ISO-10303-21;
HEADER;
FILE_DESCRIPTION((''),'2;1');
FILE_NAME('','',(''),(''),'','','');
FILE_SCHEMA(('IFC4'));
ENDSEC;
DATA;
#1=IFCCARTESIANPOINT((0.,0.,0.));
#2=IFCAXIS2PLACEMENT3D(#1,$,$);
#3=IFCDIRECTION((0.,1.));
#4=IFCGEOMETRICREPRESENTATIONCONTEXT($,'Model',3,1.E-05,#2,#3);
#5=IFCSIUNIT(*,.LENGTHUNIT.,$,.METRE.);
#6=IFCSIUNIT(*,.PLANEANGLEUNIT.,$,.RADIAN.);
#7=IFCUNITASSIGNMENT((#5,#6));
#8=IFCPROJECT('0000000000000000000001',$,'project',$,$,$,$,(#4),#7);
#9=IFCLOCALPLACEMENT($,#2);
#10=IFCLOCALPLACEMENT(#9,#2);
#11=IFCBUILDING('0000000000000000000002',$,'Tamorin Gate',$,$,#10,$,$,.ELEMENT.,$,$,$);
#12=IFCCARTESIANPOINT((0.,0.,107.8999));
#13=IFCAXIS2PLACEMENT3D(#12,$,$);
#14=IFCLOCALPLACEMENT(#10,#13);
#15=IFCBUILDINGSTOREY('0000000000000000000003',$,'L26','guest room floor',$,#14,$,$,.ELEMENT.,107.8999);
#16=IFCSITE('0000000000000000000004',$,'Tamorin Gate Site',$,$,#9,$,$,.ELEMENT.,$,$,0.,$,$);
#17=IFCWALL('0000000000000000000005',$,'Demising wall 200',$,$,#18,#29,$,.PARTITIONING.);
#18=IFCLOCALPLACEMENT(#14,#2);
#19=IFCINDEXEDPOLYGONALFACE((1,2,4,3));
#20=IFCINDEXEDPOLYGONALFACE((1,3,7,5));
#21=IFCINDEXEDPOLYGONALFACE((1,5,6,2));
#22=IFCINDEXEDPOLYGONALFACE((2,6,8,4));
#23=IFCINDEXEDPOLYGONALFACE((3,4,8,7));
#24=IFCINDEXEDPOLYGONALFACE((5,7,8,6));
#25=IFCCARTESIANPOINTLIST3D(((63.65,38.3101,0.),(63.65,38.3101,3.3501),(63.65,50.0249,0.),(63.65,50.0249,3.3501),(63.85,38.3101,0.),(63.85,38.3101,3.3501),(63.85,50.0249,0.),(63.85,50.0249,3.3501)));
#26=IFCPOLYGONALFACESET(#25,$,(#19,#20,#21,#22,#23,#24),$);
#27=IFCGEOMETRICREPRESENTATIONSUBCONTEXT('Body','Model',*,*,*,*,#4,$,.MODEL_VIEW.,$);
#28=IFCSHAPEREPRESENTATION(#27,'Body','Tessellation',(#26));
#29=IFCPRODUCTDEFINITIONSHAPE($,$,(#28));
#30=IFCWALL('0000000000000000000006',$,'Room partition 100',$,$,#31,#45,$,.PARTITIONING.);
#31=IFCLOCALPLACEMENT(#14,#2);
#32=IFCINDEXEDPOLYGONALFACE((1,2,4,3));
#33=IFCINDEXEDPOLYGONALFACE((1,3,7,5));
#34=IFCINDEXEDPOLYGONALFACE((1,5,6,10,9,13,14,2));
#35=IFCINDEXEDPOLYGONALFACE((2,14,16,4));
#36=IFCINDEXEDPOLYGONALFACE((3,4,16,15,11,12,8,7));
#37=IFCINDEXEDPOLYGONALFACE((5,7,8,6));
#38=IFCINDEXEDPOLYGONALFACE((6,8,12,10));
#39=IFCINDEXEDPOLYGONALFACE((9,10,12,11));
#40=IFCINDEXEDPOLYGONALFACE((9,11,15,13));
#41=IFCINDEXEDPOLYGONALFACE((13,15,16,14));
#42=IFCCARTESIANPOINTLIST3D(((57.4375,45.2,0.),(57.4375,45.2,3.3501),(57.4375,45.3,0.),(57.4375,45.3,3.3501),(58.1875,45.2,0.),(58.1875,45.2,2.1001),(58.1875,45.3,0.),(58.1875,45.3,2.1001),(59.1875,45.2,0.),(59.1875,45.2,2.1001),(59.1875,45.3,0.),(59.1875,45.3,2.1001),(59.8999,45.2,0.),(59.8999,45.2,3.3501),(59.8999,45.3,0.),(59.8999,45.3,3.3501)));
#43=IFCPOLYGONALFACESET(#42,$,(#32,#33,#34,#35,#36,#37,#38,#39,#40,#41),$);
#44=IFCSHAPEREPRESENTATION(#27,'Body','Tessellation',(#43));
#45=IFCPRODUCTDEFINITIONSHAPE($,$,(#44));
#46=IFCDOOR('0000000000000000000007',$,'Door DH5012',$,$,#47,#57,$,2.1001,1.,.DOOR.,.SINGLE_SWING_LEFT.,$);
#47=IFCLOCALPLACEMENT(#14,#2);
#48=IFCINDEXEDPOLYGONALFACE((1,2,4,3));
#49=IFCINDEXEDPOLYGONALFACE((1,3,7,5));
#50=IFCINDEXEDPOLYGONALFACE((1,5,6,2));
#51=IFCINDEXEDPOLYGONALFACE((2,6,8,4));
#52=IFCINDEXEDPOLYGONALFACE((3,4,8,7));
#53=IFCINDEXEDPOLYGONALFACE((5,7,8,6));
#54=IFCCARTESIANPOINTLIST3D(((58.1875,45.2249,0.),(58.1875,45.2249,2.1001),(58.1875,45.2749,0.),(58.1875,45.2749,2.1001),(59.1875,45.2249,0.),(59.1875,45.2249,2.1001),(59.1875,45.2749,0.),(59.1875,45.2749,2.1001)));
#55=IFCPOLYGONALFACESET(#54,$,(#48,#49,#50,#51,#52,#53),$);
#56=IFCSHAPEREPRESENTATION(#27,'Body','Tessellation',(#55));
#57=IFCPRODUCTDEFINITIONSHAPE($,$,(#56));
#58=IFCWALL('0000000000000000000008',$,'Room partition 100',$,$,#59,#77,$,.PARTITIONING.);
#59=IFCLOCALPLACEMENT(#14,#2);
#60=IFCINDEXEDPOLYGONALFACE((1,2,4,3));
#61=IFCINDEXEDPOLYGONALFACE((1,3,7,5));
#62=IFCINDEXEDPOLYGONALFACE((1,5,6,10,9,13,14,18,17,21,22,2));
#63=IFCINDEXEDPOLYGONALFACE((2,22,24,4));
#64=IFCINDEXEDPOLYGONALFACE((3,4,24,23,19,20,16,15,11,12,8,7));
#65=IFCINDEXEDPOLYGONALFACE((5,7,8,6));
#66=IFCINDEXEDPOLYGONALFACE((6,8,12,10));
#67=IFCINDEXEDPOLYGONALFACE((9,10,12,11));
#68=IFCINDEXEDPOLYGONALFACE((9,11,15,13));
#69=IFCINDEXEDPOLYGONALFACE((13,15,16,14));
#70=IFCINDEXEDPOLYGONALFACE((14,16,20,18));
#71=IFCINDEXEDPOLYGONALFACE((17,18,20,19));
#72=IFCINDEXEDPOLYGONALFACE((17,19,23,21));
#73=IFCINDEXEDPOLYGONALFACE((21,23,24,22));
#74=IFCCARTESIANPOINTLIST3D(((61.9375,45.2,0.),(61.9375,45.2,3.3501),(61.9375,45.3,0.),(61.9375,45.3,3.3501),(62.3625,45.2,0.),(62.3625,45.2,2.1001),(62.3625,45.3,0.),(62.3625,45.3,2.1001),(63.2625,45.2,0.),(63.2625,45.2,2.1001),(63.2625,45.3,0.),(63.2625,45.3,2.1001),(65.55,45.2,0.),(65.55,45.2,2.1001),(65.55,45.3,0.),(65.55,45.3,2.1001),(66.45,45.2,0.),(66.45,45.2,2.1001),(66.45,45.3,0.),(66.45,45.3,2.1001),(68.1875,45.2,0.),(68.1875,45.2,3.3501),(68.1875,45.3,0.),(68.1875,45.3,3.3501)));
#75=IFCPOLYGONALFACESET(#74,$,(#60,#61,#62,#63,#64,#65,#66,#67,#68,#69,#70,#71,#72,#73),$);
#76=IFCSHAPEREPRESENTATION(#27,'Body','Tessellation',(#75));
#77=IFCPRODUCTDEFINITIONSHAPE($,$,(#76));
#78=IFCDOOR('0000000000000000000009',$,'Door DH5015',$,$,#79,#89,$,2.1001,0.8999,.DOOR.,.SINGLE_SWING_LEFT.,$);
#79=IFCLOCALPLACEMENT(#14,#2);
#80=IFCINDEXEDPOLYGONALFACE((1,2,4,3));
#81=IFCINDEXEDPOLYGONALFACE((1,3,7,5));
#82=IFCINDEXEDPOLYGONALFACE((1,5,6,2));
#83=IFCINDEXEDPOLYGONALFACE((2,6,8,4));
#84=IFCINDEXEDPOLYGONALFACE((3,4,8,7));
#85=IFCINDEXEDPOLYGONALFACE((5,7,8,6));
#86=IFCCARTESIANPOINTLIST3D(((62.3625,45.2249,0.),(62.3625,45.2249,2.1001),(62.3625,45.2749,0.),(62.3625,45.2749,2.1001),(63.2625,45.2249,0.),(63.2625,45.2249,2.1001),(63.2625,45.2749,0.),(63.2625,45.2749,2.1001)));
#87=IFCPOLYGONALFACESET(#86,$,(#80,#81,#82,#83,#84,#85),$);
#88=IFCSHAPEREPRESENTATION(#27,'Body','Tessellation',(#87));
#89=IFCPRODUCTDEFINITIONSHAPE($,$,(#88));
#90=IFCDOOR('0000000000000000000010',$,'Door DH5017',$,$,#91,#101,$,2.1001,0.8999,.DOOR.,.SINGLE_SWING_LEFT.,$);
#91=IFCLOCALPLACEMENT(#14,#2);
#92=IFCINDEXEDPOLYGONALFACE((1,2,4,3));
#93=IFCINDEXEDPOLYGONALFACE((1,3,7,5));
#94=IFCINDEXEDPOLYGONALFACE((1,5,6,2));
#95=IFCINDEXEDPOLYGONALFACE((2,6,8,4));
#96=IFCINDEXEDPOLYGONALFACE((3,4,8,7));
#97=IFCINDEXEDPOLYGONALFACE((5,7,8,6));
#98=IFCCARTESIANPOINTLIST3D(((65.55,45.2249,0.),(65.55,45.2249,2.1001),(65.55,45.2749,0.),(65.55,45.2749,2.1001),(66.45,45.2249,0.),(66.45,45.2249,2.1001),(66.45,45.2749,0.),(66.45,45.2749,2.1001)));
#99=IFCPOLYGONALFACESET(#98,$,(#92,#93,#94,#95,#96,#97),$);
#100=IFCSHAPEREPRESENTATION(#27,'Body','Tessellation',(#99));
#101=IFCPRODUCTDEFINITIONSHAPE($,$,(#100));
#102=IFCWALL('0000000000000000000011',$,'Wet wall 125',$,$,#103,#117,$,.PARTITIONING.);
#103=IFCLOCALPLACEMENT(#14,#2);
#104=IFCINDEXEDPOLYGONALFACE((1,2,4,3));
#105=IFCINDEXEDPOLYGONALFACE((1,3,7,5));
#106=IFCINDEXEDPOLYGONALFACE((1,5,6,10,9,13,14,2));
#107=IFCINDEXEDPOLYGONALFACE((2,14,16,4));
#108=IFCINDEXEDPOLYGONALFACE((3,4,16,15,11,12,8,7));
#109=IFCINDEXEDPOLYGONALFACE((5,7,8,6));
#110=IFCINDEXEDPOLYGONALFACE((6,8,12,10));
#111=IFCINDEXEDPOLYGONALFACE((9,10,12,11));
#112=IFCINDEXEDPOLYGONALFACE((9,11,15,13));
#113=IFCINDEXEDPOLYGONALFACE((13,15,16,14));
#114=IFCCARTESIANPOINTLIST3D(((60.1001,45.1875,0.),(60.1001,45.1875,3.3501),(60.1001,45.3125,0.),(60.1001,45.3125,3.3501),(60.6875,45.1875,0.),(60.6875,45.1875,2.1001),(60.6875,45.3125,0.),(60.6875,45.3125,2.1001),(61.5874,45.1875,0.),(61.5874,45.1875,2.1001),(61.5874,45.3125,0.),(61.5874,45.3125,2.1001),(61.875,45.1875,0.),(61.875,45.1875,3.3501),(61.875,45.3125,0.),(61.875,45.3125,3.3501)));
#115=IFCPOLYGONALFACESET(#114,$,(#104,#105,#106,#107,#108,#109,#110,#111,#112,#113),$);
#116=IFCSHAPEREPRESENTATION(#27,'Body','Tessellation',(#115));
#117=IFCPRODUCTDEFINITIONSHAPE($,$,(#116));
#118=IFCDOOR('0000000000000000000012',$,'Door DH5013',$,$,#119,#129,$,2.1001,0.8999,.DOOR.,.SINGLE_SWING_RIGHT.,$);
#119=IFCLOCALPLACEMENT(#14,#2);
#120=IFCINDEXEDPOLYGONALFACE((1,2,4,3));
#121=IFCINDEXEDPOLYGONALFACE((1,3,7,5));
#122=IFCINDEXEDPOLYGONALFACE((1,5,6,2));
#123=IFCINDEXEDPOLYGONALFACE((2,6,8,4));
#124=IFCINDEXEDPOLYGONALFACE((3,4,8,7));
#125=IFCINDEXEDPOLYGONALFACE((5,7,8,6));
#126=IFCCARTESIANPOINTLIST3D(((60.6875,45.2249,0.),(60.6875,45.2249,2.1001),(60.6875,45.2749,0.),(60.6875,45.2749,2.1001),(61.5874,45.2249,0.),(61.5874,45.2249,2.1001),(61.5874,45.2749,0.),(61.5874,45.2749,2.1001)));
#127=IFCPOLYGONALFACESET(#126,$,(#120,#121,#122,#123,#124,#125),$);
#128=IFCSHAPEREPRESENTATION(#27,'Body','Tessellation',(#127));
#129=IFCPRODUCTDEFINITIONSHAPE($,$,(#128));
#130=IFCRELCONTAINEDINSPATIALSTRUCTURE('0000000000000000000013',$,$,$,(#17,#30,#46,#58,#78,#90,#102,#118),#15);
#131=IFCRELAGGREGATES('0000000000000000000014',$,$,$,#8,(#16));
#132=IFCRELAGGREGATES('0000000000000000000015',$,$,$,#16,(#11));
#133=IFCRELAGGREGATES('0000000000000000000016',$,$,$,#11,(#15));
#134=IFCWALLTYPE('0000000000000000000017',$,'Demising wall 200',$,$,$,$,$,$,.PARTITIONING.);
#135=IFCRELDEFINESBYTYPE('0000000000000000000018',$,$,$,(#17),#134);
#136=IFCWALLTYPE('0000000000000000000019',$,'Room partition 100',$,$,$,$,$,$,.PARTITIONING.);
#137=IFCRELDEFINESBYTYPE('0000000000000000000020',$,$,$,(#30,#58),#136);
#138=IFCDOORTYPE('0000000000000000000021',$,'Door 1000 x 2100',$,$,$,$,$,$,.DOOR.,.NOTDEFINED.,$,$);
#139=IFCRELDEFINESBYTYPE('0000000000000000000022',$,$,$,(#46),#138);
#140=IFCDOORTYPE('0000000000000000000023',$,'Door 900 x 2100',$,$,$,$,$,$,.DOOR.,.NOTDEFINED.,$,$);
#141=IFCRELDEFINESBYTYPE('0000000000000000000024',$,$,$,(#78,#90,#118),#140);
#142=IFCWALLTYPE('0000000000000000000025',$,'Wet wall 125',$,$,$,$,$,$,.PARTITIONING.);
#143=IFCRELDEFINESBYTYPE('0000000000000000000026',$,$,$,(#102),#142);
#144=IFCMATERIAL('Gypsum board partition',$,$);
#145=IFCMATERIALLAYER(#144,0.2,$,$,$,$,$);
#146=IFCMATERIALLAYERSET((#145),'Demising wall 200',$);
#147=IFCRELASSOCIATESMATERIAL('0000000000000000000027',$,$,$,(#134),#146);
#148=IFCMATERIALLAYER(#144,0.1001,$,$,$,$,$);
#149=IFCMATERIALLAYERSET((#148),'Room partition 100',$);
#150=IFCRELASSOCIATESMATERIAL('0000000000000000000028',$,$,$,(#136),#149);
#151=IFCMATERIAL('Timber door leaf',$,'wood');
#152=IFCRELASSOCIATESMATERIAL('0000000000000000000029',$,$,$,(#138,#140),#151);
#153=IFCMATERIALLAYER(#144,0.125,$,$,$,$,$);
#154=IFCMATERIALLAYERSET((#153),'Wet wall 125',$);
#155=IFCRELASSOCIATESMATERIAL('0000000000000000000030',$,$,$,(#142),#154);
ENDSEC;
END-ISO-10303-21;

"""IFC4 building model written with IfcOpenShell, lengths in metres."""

from ifc_helpers import new_model, si_unit, direction, frame, frame_2d, origin, place, context, subcontext, project, spatial, rectangle, extrude, material, layer, layer_set, type_object, element, fill, save


model = new_model("IFC4")

# Units and contexts
model_context = context("Model", 3, precision=1e-05, world=origin(), true_north=direction((0.0, 1.0)))
body_context = subcontext(model_context, "Body", "Model", "MODEL_VIEW")
ifc_project = project(units=[si_unit("LENGTHUNIT", "METRE"), si_unit("PLANEANGLEUNIT", "RADIAN")], contexts=[model_context])

# Site, building, storey
site_placement = place(None, origin())
site = spatial("IfcSite", under=ifc_project, at=site_placement, Name="Tamorin Gate Site", CompositionType="ELEMENT", RefElevation=0.0)
building_placement = place(site_placement, origin())
building = spatial("IfcBuilding", under=site, at=building_placement, Name="Tamorin Gate", CompositionType="ELEMENT")
storey_placement = place(building_placement, frame((0.0, 0.0, 107.8999)))
storey = spatial("IfcBuildingStorey", under=building, at=storey_placement, Name="L26", Description="guest room floor", CompositionType="ELEMENT", Elevation=107.8999)

# Wall
ifc_material_1 = material(Name="Gypsum board partition")
ifc_layer_1 = layer(ifc_material_1, 0.2)
ifc_layer_set_1 = layer_set([ifc_layer_1], Name="Demising wall 200")
wall_type_1 = type_object("IfcWallType", Name="Demising wall 200", PredefinedType="PARTITIONING", material=ifc_layer_set_1)
wall_1_placement = place(storey_placement, frame((63.75, 38.3101, 0.0), z_axis=(0.0, 0.0, 1.0), x_axis=(0.0, 1.0, 0.0)))
element("IfcWall", 1, at=wall_1_placement, inside=storey, type_object=wall_type_1, Name="Demising wall 200", PredefinedType="PARTITIONING", context=body_context, shape_type="SweptSolid", body=[
    extrude(rectangle(XDim=11.7148, YDim=0.2, at=frame_2d((5.8574, 0.0))), origin(), (0.0, 0.0, 1.0), 3.3501),
])

# Wall, opening, door
ifc_layer_2 = layer(ifc_material_1, 0.1001)
ifc_layer_set_2 = layer_set([ifc_layer_2], Name="Room partition 100")
wall_type_2 = type_object("IfcWallType", Name="Room partition 100", PredefinedType="PARTITIONING", material=ifc_layer_set_2)
wall_2_placement = place(storey_placement, frame((57.4375, 45.25, 0.0), z_axis=(0.0, 0.0, 1.0), x_axis=(1.0, 0.0, 0.0)))
wall_2 = element("IfcWall", 2, at=wall_2_placement, inside=storey, type_object=wall_type_2, Name="Room partition 100", PredefinedType="PARTITIONING", context=body_context, shape_type="SweptSolid", body=[
    extrude(rectangle(XDim=2.4624, YDim=0.1001, at=frame_2d((1.2312, 0.0))), origin(), (0.0, 0.0, 1.0), 3.3501),
])
opening_1_placement = place(wall_2_placement, frame((0.75, 0.0, 0.0)))
opening_1 = element("IfcOpeningElement", 3, at=opening_1_placement, cuts=wall_2, PredefinedType="OPENING", context=body_context, shape_type="SweptSolid", body=[
    extrude(rectangle(XDim=1.0, YDim=2.1001, at=frame_2d((0.5, 1.05))), frame((0.0, 0.0601, 0.0), z_axis=(0.0, -1.0, 0.0), x_axis=(1.0, 0.0, 0.0)), (0.0, 0.0, 1.0), 0.1201),
])
ifc_material_2 = material(Name="Timber door leaf", Category="wood")
door_type_1 = type_object("IfcDoorType", Name="Door 1000 x 2100", OperationType="NOTDEFINED", PredefinedType="DOOR", material=ifc_material_2)
door_1_placement = place(opening_1_placement, origin())
door_1 = element("IfcDoor", 4, at=door_1_placement, inside=storey, type_object=door_type_1, Name="Door DH5012", OperationType="SINGLE_SWING_LEFT", OverallHeight=2.1001, OverallWidth=1.0, PredefinedType="DOOR", context=body_context, shape_type="SweptSolid", body=[
    extrude(rectangle(XDim=1.0, YDim=2.1001, at=frame_2d((0.5, 1.05))), frame((0.0, 0.0249, 0.0), z_axis=(0.0, -1.0, 0.0), x_axis=(1.0, 0.0, 0.0)), (0.0, 0.0, 1.0), 0.05),
])
fill(opening_1, door_1)

# Wall, openings, doors
wall_3_placement = place(storey_placement, frame((61.9375, 45.25, 0.0), z_axis=(0.0, 0.0, 1.0), x_axis=(1.0, 0.0, 0.0)))
wall_3 = element("IfcWall", 5, at=wall_3_placement, inside=storey, type_object=wall_type_2, Name="Room partition 100", PredefinedType="PARTITIONING", context=body_context, shape_type="SweptSolid", body=[
    extrude(rectangle(XDim=6.25, YDim=0.1001, at=frame_2d((3.125, 0.0))), origin(), (0.0, 0.0, 1.0), 3.3501),
])
opening_2_placement = place(wall_3_placement, frame((0.425, 0.0, 0.0)))
opening_2 = element("IfcOpeningElement", 6, at=opening_2_placement, cuts=wall_3, PredefinedType="OPENING", context=body_context, shape_type="SweptSolid", body=[
    extrude(rectangle(XDim=0.8999, YDim=2.1001, at=frame_2d((0.45, 1.05))), frame((0.0, 0.0601, 0.0), z_axis=(0.0, -1.0, 0.0), x_axis=(1.0, 0.0, 0.0)), (0.0, 0.0, 1.0), 0.1201),
])
opening_3_placement = place(wall_3_placement, frame((3.6125, 0.0, 0.0)))
opening_3 = element("IfcOpeningElement", 7, at=opening_3_placement, cuts=wall_3, PredefinedType="OPENING", context=body_context, shape_type="SweptSolid", body=[
    extrude(rectangle(XDim=0.8999, YDim=2.1001, at=frame_2d((0.45, 1.05))), frame((0.0, 0.0601, 0.0), z_axis=(0.0, -1.0, 0.0), x_axis=(1.0, 0.0, 0.0)), (0.0, 0.0, 1.0), 0.1201),
])
door_type_2 = type_object("IfcDoorType", Name="Door 900 x 2100", OperationType="NOTDEFINED", PredefinedType="DOOR", material=ifc_material_2)
door_2_placement = place(opening_2_placement, origin())
door_2 = element("IfcDoor", 8, at=door_2_placement, inside=storey, type_object=door_type_2, Name="Door DH5015", OperationType="SINGLE_SWING_LEFT", OverallHeight=2.1001, OverallWidth=0.8999, PredefinedType="DOOR", context=body_context, shape_type="SweptSolid", body=[
    extrude(rectangle(XDim=0.8999, YDim=2.1001, at=frame_2d((0.45, 1.05))), frame((0.0, 0.0249, 0.0), z_axis=(0.0, -1.0, 0.0), x_axis=(1.0, 0.0, 0.0)), (0.0, 0.0, 1.0), 0.05),
])
fill(opening_2, door_2)
door_3_placement = place(opening_3_placement, origin())
door_3 = element("IfcDoor", 9, at=door_3_placement, inside=storey, type_object=door_type_2, Name="Door DH5017", OperationType="SINGLE_SWING_LEFT", OverallHeight=2.1001, OverallWidth=0.8999, PredefinedType="DOOR", context=body_context, shape_type="SweptSolid", body=[
    extrude(rectangle(XDim=0.8999, YDim=2.1001, at=frame_2d((0.45, 1.05))), frame((0.0, 0.0249, 0.0), z_axis=(0.0, -1.0, 0.0), x_axis=(1.0, 0.0, 0.0)), (0.0, 0.0, 1.0), 0.05),
])
fill(opening_3, door_3)

# Wall, opening, door
ifc_layer_3 = layer(ifc_material_1, 0.125)
ifc_layer_set_3 = layer_set([ifc_layer_3], Name="Wet wall 125")
wall_type_3 = type_object("IfcWallType", Name="Wet wall 125", PredefinedType="PARTITIONING", material=ifc_layer_set_3)
wall_4_placement = place(storey_placement, frame((60.1001, 45.25, 0.0), z_axis=(0.0, 0.0, 1.0), x_axis=(1.0, 0.0, 0.0)))
wall_4 = element("IfcWall", 10, at=wall_4_placement, inside=storey, type_object=wall_type_3, Name="Wet wall 125", PredefinedType="PARTITIONING", context=body_context, shape_type="SweptSolid", body=[
    extrude(rectangle(XDim=1.7749, YDim=0.125, at=frame_2d((0.8875, 0.0))), origin(), (0.0, 0.0, 1.0), 3.3501),
])
opening_4_placement = place(wall_4_placement, frame((0.5874, 0.0, 0.0)))
opening_4 = element("IfcOpeningElement", 11, at=opening_4_placement, cuts=wall_4, PredefinedType="OPENING", context=body_context, shape_type="SweptSolid", body=[
    extrude(rectangle(XDim=0.8999, YDim=2.1001, at=frame_2d((0.45, 1.05))), frame((0.0, 0.0725, 0.0), z_axis=(0.0, -1.0, 0.0), x_axis=(1.0, 0.0, 0.0)), (0.0, 0.0, 1.0), 0.145),
])
door_4_placement = place(opening_4_placement, origin())
door_4 = element("IfcDoor", 12, at=door_4_placement, inside=storey, type_object=door_type_2, Name="Door DH5013", OperationType="SINGLE_SWING_RIGHT", OverallHeight=2.1001, OverallWidth=0.8999, PredefinedType="DOOR", context=body_context, shape_type="SweptSolid", body=[
    extrude(rectangle(XDim=0.8999, YDim=2.1001, at=frame_2d((0.45, 1.05))), frame((0.0, 0.0249, 0.0), z_axis=(0.0, -1.0, 0.0), x_axis=(1.0, 0.0, 0.0)), (0.0, 0.0, 1.0), 0.05),
])
fill(opening_4, door_4)

save(model, "model.ifc")
